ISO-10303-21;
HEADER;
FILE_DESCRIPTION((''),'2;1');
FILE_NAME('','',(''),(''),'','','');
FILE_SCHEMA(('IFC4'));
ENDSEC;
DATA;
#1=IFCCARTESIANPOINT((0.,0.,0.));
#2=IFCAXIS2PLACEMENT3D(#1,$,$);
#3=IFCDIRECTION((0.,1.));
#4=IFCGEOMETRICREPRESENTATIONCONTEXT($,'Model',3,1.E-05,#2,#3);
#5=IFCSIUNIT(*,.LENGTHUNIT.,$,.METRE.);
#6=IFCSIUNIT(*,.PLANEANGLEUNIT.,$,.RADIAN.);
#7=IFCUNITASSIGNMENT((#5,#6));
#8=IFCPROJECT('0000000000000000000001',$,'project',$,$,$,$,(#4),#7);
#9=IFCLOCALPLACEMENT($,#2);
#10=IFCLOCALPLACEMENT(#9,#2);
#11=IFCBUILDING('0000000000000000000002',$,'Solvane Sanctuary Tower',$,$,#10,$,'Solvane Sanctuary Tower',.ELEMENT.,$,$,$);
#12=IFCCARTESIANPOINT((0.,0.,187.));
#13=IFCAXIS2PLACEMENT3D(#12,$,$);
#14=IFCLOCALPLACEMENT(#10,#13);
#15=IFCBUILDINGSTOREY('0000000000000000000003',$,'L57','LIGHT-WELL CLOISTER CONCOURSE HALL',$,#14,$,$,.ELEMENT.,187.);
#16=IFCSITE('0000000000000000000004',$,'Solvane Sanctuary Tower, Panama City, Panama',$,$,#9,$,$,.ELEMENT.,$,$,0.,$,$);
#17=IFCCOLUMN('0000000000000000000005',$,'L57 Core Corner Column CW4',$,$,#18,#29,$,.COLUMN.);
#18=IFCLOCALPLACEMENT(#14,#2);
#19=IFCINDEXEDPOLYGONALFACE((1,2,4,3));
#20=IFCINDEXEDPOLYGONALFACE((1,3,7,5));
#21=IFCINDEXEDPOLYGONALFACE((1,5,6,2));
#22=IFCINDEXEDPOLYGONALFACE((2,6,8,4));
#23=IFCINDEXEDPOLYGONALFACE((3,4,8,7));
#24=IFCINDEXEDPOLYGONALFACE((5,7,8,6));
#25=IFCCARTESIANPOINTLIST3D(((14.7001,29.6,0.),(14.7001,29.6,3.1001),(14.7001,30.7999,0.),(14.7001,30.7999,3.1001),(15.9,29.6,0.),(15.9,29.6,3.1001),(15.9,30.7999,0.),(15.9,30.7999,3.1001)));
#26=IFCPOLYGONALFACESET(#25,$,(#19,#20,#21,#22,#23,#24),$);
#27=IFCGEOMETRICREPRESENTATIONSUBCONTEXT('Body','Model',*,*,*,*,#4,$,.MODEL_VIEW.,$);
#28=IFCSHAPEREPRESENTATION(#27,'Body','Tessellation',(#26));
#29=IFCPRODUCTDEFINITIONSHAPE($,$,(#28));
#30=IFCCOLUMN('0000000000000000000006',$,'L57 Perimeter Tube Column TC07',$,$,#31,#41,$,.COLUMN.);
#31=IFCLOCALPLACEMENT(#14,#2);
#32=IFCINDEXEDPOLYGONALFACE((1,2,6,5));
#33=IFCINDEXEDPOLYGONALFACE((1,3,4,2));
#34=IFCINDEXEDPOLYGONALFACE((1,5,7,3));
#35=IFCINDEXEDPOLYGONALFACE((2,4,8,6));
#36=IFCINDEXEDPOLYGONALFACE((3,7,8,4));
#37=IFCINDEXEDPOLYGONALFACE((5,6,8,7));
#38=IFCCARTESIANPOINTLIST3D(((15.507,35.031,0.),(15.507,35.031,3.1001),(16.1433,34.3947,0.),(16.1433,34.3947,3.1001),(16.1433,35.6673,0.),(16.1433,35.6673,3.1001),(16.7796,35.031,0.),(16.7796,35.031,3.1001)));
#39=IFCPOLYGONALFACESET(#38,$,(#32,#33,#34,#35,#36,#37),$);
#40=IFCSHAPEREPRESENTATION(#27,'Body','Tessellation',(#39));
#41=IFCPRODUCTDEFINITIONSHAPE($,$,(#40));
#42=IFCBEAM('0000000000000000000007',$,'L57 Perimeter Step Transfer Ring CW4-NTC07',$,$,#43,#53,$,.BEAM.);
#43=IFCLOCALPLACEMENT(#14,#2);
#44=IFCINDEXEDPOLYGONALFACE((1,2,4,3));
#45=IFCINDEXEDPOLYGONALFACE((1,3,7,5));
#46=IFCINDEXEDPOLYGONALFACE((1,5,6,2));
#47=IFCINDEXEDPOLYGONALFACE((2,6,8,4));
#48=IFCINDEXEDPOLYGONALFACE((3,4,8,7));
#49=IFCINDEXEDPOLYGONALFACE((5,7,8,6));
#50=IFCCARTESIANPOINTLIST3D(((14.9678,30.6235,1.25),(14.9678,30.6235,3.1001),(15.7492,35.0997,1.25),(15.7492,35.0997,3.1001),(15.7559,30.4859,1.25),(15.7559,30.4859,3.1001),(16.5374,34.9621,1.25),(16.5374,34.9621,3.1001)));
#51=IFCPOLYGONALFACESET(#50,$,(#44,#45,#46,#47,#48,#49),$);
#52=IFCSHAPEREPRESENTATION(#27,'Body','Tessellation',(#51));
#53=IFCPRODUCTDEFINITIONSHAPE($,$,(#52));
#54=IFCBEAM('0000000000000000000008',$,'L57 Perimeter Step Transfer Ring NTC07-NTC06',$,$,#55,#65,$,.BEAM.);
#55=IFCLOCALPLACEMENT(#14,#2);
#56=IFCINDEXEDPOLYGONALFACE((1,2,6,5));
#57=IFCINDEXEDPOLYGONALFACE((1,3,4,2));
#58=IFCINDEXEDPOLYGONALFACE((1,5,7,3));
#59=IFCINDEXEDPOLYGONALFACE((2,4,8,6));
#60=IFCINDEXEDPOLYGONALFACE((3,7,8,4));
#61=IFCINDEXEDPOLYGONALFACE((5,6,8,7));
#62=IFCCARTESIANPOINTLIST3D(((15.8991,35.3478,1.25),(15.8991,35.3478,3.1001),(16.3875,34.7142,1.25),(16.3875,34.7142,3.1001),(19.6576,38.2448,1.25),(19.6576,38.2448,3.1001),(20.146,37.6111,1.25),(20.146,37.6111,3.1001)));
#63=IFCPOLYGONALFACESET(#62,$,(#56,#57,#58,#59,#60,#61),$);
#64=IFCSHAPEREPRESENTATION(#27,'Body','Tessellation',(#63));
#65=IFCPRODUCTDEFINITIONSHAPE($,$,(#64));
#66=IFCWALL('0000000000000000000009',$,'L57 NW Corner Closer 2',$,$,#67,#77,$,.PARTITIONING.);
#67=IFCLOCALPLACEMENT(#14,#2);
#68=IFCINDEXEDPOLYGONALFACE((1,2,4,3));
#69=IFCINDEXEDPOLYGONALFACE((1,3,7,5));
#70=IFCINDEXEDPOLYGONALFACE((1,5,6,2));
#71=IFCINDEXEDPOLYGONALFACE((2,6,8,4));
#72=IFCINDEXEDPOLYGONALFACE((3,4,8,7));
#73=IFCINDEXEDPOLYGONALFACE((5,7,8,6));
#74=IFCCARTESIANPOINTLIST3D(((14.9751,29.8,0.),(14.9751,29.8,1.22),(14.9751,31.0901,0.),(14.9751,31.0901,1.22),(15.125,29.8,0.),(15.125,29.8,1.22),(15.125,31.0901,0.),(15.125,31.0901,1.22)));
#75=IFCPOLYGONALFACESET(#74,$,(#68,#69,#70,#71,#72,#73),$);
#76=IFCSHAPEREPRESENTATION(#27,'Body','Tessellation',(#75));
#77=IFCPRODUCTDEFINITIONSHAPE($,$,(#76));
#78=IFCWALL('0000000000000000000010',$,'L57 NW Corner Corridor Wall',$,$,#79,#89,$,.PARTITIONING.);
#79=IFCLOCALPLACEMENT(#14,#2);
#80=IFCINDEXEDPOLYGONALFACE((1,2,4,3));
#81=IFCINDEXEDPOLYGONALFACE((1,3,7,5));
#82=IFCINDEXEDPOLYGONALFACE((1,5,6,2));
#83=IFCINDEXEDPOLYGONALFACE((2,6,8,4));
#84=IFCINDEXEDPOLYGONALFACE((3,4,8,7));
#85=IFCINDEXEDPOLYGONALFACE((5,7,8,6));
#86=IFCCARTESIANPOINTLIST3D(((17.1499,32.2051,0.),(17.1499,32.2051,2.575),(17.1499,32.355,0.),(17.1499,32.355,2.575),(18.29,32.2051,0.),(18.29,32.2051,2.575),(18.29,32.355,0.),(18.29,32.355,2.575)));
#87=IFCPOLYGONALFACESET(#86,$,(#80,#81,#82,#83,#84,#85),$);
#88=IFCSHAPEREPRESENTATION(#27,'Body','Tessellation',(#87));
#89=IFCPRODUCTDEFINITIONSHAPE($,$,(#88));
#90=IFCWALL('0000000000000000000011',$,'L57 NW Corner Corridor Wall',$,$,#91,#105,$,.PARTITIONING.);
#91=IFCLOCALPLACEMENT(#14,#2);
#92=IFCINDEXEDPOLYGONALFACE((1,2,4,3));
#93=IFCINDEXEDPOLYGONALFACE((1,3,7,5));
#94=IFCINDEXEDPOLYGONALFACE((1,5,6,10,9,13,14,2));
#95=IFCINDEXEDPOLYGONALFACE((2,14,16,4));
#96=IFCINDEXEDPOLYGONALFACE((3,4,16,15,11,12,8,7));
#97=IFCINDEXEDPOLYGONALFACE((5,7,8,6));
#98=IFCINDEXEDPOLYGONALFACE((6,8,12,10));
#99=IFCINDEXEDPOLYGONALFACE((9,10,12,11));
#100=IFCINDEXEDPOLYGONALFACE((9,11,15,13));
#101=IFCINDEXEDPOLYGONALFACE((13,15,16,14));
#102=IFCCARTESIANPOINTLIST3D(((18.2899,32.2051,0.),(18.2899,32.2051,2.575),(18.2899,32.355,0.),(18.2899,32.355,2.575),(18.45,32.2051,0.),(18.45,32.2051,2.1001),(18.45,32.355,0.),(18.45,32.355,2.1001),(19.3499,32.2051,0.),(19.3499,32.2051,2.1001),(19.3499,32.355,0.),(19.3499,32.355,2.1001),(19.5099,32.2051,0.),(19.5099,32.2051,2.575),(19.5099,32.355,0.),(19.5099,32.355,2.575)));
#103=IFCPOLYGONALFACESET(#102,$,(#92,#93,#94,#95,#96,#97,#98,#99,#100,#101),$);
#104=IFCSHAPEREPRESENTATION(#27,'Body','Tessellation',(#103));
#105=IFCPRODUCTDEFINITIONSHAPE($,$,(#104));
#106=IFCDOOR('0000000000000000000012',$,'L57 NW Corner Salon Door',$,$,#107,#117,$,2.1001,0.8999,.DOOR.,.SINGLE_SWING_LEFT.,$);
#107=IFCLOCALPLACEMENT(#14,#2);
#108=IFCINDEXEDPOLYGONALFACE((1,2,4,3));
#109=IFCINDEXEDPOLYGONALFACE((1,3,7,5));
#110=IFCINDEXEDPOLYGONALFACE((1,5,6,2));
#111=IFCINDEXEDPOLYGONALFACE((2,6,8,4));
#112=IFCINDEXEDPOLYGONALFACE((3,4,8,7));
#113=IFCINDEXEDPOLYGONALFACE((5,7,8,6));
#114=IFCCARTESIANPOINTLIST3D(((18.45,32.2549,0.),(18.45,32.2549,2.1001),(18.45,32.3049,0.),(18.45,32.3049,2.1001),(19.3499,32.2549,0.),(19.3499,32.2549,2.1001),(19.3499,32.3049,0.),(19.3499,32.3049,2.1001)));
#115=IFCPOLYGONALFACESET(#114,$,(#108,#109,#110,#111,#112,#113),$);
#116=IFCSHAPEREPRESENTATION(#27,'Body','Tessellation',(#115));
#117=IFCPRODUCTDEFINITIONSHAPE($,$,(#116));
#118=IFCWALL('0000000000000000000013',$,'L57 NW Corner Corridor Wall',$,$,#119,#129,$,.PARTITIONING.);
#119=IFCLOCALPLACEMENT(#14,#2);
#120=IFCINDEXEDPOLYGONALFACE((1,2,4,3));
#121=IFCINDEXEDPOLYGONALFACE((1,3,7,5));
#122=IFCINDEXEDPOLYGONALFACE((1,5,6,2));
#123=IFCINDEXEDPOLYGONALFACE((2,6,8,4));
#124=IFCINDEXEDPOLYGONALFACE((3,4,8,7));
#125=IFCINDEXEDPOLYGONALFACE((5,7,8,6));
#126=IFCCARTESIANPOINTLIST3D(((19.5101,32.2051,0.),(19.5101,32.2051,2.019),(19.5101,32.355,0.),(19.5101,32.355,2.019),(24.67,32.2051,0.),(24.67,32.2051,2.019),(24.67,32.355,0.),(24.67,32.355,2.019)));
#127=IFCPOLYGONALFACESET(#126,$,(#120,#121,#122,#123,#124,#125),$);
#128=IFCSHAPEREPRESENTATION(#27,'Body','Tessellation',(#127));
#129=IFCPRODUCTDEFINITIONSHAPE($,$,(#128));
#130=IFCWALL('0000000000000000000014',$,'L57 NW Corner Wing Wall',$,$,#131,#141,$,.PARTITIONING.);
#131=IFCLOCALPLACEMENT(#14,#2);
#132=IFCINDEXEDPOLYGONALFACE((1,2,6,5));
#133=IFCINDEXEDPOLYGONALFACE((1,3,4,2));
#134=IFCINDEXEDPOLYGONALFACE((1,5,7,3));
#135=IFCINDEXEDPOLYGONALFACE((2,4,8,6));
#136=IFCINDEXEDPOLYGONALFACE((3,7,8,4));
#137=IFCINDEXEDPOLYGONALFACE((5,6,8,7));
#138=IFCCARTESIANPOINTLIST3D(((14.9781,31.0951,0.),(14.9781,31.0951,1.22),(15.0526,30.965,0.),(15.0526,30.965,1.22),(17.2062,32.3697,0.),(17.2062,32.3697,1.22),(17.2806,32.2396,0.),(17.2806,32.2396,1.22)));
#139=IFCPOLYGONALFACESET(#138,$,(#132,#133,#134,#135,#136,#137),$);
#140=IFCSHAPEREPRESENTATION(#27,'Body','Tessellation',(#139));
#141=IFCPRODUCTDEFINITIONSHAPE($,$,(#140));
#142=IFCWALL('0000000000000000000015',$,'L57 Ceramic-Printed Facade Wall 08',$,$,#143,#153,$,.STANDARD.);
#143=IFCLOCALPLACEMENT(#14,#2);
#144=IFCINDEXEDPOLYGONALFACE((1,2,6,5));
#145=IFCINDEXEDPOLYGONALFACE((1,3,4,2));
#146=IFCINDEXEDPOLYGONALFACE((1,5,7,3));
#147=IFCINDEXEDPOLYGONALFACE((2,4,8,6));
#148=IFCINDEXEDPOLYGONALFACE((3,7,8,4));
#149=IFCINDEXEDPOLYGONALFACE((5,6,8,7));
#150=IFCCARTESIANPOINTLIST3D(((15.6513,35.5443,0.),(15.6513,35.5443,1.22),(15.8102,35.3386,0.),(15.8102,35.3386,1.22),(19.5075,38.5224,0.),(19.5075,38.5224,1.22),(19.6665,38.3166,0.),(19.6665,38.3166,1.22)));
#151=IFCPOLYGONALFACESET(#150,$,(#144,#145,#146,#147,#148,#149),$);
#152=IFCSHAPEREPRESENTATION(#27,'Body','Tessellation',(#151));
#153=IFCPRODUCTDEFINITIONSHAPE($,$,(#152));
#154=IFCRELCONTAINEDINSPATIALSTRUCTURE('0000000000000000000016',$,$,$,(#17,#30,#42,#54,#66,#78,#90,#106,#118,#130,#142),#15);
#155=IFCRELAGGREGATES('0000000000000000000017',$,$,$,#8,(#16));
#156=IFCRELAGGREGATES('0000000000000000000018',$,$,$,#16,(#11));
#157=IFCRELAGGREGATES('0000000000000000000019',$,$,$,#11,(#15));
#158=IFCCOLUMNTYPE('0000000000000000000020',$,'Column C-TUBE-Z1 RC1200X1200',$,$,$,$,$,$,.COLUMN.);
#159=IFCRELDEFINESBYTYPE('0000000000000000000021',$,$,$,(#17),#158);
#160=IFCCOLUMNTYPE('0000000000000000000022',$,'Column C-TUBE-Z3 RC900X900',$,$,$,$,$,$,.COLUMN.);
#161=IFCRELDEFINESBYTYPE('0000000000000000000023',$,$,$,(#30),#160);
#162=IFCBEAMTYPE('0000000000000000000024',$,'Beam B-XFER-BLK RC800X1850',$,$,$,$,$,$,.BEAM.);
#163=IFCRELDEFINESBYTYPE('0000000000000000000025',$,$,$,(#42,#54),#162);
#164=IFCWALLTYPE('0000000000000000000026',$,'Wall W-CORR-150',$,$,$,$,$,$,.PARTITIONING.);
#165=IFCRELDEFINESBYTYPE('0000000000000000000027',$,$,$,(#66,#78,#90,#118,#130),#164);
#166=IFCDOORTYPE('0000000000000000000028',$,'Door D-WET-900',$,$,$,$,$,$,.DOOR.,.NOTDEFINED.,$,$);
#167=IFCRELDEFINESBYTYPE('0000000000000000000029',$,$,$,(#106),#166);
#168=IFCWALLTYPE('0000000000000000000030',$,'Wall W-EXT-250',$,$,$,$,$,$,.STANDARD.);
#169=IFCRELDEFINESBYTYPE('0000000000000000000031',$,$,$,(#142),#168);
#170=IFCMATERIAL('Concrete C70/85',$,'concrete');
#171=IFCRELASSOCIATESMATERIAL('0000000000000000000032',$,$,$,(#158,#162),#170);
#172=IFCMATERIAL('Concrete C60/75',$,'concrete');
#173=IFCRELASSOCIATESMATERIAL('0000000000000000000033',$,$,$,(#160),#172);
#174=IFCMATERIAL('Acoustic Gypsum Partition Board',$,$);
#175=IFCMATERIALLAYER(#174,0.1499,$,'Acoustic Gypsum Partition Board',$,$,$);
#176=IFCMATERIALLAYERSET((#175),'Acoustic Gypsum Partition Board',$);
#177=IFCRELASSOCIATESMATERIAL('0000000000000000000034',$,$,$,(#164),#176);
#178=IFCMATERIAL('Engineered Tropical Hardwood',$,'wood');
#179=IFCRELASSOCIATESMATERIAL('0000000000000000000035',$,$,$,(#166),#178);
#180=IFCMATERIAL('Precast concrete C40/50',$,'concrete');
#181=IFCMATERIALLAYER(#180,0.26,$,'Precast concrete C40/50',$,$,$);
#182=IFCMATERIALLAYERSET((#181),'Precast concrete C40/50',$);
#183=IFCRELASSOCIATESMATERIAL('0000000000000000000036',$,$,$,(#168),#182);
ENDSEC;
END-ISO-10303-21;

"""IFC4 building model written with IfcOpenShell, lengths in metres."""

from ifc_helpers import new_model, si_unit, direction, frame, frame_2d, origin, origin_2d, place, context, subcontext, project, spatial, rectangle, extrude, material, layer, layer_set, material_profile, profile_set, type_object, element, fill, save


model = new_model("IFC4")

# Units and contexts
model_context = context("Model", 3, precision=1e-05, world=origin(), true_north=direction((0.0, 1.0)))
body_context = subcontext(model_context, "Body", "Model", "MODEL_VIEW")
ifc_project = project(units=[si_unit("LENGTHUNIT", "METRE"), si_unit("PLANEANGLEUNIT", "RADIAN")], contexts=[model_context])

# Site, building, storey
site_placement = place(None, origin())
site = spatial("IfcSite", under=ifc_project, at=site_placement, Name="Solvane Sanctuary Tower, Panama City, Panama", CompositionType="ELEMENT", RefElevation=0.0)
building_placement = place(site_placement, origin())
building = spatial("IfcBuilding", under=site, at=building_placement, Name="Solvane Sanctuary Tower", LongName="Solvane Sanctuary Tower", CompositionType="ELEMENT")
storey_placement = place(building_placement, frame((0.0, 0.0, 187.0)))
storey = spatial("IfcBuildingStorey", under=building, at=storey_placement, Name="L57", Description="LIGHT-WELL CLOISTER CONCOURSE HALL", CompositionType="ELEMENT", Elevation=187.0)

# Columns
ifc_material_1 = material(Name="Concrete C70/85", Category="concrete")
ifc_material_profile_1 = material_profile(ifc_material_1, rectangle(XDim=1.2, YDim=1.2, at=origin_2d()), Name="RC1200X1200")
ifc_profile_set_1 = profile_set([ifc_material_profile_1], Name="Concrete C70/85")
column_type_1 = type_object("IfcColumnType", Name="Column C-TUBE-Z1 RC1200X1200", PredefinedType="COLUMN", material=ifc_profile_set_1)
column_1_placement = place(storey_placement, frame((15.3, 30.2, 0.0), z_axis=(0.0, 0.0, 1.0), x_axis=(1.0, 0.0, 0.0)))
element("IfcColumn", 1, at=column_1_placement, inside=storey, type_object=column_type_1, Name="L57 Core Corner Column CW4", PredefinedType="COLUMN", context=body_context, shape_type="SweptSolid", body=[
    extrude(rectangle(XDim=1.2, YDim=1.2, at=origin_2d()), origin(), (0.0, 0.0, 1.0), 3.1001),
])
ifc_material_2 = material(Name="Concrete C60/75", Category="concrete")
ifc_material_profile_2 = material_profile(ifc_material_2, rectangle(XDim=0.8999, YDim=0.8999, at=origin_2d()), Name="RC900X900")
ifc_profile_set_2 = profile_set([ifc_material_profile_2], Name="Concrete C60/75")
column_type_2 = type_object("IfcColumnType", Name="Column C-TUBE-Z3 RC900X900", PredefinedType="COLUMN", material=ifc_profile_set_2)
column_2_placement = place(storey_placement, frame((16.1433, 35.031, 0.0), z_axis=(0.0, 0.0, 1.0), x_axis=(-0.707107, 0.707107, 0.0)))
element("IfcColumn", 2, at=column_2_placement, inside=storey, type_object=column_type_2, Name="L57 Perimeter Tube Column TC07", PredefinedType="COLUMN", context=body_context, shape_type="SweptSolid", body=[
    extrude(rectangle(XDim=0.8999, YDim=0.8999, at=origin_2d()), origin(), (0.0, 0.0, 1.0), 3.1001),
])

# Beams
ifc_material_profile_3 = material_profile(ifc_material_1, rectangle(XDim=0.8, YDim=1.8501, at=origin_2d()), Name="RC800X1850")
ifc_profile_set_3 = profile_set([ifc_material_profile_3], Name="Concrete C70/85")
beam_type = type_object("IfcBeamType", Name="Beam B-XFER-BLK RC800X1850", PredefinedType="BEAM", material=ifc_profile_set_3)
beam_1_placement = place(storey_placement, frame((15.3618, 30.5547, 2.175), z_axis=(0.171983, 0.9851, 0.0), x_axis=(-0.9851, 0.171983, 0.0)))
element("IfcBeam", 3, at=beam_1_placement, inside=storey, type_object=beam_type, Name="L57 Perimeter Step Transfer Ring CW4-NTC07", PredefinedType="BEAM", context=body_context, shape_type="SweptSolid", body=[
    extrude(rectangle(XDim=0.8, YDim=1.8501, at=origin_2d()), origin(), (0.0, 0.0, 1.0), 4.5439),
])
beam_2_placement = place(storey_placement, frame((16.1433, 35.031, 2.175), z_axis=(0.792035, 0.610476, 0.0), x_axis=(-0.610476, 0.792035, 0.0)))
element("IfcBeam", 4, at=beam_2_placement, inside=storey, type_object=beam_type, Name="L57 Perimeter Step Transfer Ring NTC07-NTC06", PredefinedType="BEAM", context=body_context, shape_type="SweptSolid", body=[
    extrude(rectangle(XDim=0.8, YDim=1.8501, at=origin_2d()), origin(), (0.0, 0.0, 1.0), 4.7454),
])

# Walls
ifc_material_3 = material(Name="Acoustic Gypsum Partition Board")
ifc_layer_1 = layer(ifc_material_3, 0.1499, Name="Acoustic Gypsum Partition Board")
ifc_layer_set_1 = layer_set([ifc_layer_1], Name="Acoustic Gypsum Partition Board")
wall_type_1 = type_object("IfcWallType", Name="Wall W-CORR-150", PredefinedType="PARTITIONING", material=ifc_layer_set_1)
wall_1_placement = place(storey_placement, frame((15.05, 29.8, 0.0), z_axis=(0.0, 0.0, 1.0), x_axis=(0.0, 1.0, 0.0)))
element("IfcWall", 5, at=wall_1_placement, inside=storey, type_object=wall_type_1, Name="L57 NW Corner Closer 2", PredefinedType="PARTITIONING", context=body_context, shape_type="SweptSolid", body=[
    extrude(rectangle(XDim=1.29, YDim=0.1499, at=frame_2d((0.645, 0.0))), origin(), (0.0, 0.0, 1.0), 1.22),
])
wall_2_placement = place(storey_placement, frame((17.1499, 32.28, 0.0), z_axis=(0.0, 0.0, 1.0), x_axis=(1.0, 0.0, 0.0)))
element("IfcWall", 6, at=wall_2_placement, inside=storey, type_object=wall_type_1, Name="L57 NW Corner Corridor Wall", PredefinedType="PARTITIONING", context=body_context, shape_type="SweptSolid", body=[
    extrude(rectangle(XDim=1.1401, YDim=0.1499, at=frame_2d((0.5701, 0.0))), origin(), (0.0, 0.0, 1.0), 2.575),
])

# Wall, opening, door
wall_3_placement = place(storey_placement, frame((18.29, 32.28, 0.0), z_axis=(0.0, 0.0, 1.0), x_axis=(1.0, 0.0, 0.0)))
wall_3 = element("IfcWall", 7, at=wall_3_placement, inside=storey, type_object=wall_type_1, Name="L57 NW Corner Corridor Wall", PredefinedType="PARTITIONING", context=body_context, shape_type="SweptSolid", body=[
    extrude(rectangle(XDim=1.22, YDim=0.1499, at=frame_2d((0.6099, 0.0))), origin(), (0.0, 0.0, 1.0), 2.575),
])
opening_1_placement = place(wall_3_placement, frame((0.1599, 0.0, 0.0)))
opening_1 = element("IfcOpeningElement", 8, at=opening_1_placement, cuts=wall_3, PredefinedType="OPENING", context=body_context, shape_type="SweptSolid", body=[
    extrude(rectangle(XDim=0.8999, YDim=2.1001, at=frame_2d((0.45, 1.05))), frame((0.0, 0.085, 0.0), z_axis=(0.0, -1.0, 0.0), x_axis=(1.0, 0.0, 0.0)), (0.0, 0.0, 1.0), 0.1699),
])
ifc_material_4 = material(Name="Engineered Tropical Hardwood", Category="wood")
door_type_1 = type_object("IfcDoorType", Name="Door D-WET-900", OperationType="NOTDEFINED", PredefinedType="DOOR", material=ifc_material_4)
door_1_placement = place(opening_1_placement, origin())
door_1 = element("IfcDoor", 9, at=door_1_placement, inside=storey, type_object=door_type_1, Name="L57 NW Corner Salon Door", OperationType="SINGLE_SWING_LEFT", OverallHeight=2.1001, OverallWidth=0.8999, PredefinedType="DOOR", context=body_context, shape_type="SweptSolid", body=[
    extrude(rectangle(XDim=0.8999, YDim=2.1001, at=frame_2d((0.45, 1.05))), frame((0.0, 0.0249, 0.0), z_axis=(0.0, -1.0, 0.0), x_axis=(1.0, 0.0, 0.0)), (0.0, 0.0, 1.0), 0.05),
])
fill(opening_1, door_1)

# Walls
wall_4_placement = place(storey_placement, frame((19.51, 32.28, 0.0), z_axis=(0.0, 0.0, 1.0), x_axis=(1.0, 0.0, 0.0)))
element("IfcWall", 10, at=wall_4_placement, inside=storey, type_object=wall_type_1, Name="L57 NW Corner Corridor Wall", PredefinedType="PARTITIONING", context=body_context, shape_type="SweptSolid", body=[
    extrude(rectangle(XDim=5.1599, YDim=0.1499, at=frame_2d((2.5801, 0.0))), origin(), (0.0, 0.0, 1.0), 2.019),
])
wall_5_placement = place(storey_placement, frame((17.2434, 32.3047, 0.0), z_axis=(0.0, 0.0, 1.0), x_axis=(-0.867991, -0.496579, 0.0)))
element("IfcWall", 11, at=wall_5_placement, inside=storey, type_object=wall_type_1, Name="L57 NW Corner Wing Wall", PredefinedType="PARTITIONING", context=body_context, shape_type="SweptSolid", body=[
    extrude(rectangle(XDim=2.5669, YDim=0.1499, at=frame_2d((1.2834, 0.0))), origin(), (0.0, 0.0, 1.0), 1.22),
])
ifc_material_5 = material(Name="Precast concrete C40/50", Category="concrete")
ifc_layer_2 = layer(ifc_material_5, 0.26, Name="Precast concrete C40/50")
ifc_layer_set_2 = layer_set([ifc_layer_2], Name="Precast concrete C40/50")
wall_type_2 = type_object("IfcWallType", Name="Wall W-EXT-250", PredefinedType="STANDARD", material=ifc_layer_set_2)
wall_6_placement = place(storey_placement, frame((19.5869, 38.4194, 0.0), z_axis=(0.0, 0.0, 1.0), x_axis=(-0.79146, -0.611221, 0.0)))
element("IfcWall", 12, at=wall_6_placement, inside=storey, type_object=wall_type_2, Name="L57 Ceramic-Printed Facade Wall 08", PredefinedType="STANDARD", context=body_context, shape_type="SweptSolid", body=[
    extrude(rectangle(XDim=4.8723, YDim=0.26, at=frame_2d((2.436, 0.0))), origin(), (0.0, 0.0, 1.0), 1.22),
])

save(model, "model.ifc")
